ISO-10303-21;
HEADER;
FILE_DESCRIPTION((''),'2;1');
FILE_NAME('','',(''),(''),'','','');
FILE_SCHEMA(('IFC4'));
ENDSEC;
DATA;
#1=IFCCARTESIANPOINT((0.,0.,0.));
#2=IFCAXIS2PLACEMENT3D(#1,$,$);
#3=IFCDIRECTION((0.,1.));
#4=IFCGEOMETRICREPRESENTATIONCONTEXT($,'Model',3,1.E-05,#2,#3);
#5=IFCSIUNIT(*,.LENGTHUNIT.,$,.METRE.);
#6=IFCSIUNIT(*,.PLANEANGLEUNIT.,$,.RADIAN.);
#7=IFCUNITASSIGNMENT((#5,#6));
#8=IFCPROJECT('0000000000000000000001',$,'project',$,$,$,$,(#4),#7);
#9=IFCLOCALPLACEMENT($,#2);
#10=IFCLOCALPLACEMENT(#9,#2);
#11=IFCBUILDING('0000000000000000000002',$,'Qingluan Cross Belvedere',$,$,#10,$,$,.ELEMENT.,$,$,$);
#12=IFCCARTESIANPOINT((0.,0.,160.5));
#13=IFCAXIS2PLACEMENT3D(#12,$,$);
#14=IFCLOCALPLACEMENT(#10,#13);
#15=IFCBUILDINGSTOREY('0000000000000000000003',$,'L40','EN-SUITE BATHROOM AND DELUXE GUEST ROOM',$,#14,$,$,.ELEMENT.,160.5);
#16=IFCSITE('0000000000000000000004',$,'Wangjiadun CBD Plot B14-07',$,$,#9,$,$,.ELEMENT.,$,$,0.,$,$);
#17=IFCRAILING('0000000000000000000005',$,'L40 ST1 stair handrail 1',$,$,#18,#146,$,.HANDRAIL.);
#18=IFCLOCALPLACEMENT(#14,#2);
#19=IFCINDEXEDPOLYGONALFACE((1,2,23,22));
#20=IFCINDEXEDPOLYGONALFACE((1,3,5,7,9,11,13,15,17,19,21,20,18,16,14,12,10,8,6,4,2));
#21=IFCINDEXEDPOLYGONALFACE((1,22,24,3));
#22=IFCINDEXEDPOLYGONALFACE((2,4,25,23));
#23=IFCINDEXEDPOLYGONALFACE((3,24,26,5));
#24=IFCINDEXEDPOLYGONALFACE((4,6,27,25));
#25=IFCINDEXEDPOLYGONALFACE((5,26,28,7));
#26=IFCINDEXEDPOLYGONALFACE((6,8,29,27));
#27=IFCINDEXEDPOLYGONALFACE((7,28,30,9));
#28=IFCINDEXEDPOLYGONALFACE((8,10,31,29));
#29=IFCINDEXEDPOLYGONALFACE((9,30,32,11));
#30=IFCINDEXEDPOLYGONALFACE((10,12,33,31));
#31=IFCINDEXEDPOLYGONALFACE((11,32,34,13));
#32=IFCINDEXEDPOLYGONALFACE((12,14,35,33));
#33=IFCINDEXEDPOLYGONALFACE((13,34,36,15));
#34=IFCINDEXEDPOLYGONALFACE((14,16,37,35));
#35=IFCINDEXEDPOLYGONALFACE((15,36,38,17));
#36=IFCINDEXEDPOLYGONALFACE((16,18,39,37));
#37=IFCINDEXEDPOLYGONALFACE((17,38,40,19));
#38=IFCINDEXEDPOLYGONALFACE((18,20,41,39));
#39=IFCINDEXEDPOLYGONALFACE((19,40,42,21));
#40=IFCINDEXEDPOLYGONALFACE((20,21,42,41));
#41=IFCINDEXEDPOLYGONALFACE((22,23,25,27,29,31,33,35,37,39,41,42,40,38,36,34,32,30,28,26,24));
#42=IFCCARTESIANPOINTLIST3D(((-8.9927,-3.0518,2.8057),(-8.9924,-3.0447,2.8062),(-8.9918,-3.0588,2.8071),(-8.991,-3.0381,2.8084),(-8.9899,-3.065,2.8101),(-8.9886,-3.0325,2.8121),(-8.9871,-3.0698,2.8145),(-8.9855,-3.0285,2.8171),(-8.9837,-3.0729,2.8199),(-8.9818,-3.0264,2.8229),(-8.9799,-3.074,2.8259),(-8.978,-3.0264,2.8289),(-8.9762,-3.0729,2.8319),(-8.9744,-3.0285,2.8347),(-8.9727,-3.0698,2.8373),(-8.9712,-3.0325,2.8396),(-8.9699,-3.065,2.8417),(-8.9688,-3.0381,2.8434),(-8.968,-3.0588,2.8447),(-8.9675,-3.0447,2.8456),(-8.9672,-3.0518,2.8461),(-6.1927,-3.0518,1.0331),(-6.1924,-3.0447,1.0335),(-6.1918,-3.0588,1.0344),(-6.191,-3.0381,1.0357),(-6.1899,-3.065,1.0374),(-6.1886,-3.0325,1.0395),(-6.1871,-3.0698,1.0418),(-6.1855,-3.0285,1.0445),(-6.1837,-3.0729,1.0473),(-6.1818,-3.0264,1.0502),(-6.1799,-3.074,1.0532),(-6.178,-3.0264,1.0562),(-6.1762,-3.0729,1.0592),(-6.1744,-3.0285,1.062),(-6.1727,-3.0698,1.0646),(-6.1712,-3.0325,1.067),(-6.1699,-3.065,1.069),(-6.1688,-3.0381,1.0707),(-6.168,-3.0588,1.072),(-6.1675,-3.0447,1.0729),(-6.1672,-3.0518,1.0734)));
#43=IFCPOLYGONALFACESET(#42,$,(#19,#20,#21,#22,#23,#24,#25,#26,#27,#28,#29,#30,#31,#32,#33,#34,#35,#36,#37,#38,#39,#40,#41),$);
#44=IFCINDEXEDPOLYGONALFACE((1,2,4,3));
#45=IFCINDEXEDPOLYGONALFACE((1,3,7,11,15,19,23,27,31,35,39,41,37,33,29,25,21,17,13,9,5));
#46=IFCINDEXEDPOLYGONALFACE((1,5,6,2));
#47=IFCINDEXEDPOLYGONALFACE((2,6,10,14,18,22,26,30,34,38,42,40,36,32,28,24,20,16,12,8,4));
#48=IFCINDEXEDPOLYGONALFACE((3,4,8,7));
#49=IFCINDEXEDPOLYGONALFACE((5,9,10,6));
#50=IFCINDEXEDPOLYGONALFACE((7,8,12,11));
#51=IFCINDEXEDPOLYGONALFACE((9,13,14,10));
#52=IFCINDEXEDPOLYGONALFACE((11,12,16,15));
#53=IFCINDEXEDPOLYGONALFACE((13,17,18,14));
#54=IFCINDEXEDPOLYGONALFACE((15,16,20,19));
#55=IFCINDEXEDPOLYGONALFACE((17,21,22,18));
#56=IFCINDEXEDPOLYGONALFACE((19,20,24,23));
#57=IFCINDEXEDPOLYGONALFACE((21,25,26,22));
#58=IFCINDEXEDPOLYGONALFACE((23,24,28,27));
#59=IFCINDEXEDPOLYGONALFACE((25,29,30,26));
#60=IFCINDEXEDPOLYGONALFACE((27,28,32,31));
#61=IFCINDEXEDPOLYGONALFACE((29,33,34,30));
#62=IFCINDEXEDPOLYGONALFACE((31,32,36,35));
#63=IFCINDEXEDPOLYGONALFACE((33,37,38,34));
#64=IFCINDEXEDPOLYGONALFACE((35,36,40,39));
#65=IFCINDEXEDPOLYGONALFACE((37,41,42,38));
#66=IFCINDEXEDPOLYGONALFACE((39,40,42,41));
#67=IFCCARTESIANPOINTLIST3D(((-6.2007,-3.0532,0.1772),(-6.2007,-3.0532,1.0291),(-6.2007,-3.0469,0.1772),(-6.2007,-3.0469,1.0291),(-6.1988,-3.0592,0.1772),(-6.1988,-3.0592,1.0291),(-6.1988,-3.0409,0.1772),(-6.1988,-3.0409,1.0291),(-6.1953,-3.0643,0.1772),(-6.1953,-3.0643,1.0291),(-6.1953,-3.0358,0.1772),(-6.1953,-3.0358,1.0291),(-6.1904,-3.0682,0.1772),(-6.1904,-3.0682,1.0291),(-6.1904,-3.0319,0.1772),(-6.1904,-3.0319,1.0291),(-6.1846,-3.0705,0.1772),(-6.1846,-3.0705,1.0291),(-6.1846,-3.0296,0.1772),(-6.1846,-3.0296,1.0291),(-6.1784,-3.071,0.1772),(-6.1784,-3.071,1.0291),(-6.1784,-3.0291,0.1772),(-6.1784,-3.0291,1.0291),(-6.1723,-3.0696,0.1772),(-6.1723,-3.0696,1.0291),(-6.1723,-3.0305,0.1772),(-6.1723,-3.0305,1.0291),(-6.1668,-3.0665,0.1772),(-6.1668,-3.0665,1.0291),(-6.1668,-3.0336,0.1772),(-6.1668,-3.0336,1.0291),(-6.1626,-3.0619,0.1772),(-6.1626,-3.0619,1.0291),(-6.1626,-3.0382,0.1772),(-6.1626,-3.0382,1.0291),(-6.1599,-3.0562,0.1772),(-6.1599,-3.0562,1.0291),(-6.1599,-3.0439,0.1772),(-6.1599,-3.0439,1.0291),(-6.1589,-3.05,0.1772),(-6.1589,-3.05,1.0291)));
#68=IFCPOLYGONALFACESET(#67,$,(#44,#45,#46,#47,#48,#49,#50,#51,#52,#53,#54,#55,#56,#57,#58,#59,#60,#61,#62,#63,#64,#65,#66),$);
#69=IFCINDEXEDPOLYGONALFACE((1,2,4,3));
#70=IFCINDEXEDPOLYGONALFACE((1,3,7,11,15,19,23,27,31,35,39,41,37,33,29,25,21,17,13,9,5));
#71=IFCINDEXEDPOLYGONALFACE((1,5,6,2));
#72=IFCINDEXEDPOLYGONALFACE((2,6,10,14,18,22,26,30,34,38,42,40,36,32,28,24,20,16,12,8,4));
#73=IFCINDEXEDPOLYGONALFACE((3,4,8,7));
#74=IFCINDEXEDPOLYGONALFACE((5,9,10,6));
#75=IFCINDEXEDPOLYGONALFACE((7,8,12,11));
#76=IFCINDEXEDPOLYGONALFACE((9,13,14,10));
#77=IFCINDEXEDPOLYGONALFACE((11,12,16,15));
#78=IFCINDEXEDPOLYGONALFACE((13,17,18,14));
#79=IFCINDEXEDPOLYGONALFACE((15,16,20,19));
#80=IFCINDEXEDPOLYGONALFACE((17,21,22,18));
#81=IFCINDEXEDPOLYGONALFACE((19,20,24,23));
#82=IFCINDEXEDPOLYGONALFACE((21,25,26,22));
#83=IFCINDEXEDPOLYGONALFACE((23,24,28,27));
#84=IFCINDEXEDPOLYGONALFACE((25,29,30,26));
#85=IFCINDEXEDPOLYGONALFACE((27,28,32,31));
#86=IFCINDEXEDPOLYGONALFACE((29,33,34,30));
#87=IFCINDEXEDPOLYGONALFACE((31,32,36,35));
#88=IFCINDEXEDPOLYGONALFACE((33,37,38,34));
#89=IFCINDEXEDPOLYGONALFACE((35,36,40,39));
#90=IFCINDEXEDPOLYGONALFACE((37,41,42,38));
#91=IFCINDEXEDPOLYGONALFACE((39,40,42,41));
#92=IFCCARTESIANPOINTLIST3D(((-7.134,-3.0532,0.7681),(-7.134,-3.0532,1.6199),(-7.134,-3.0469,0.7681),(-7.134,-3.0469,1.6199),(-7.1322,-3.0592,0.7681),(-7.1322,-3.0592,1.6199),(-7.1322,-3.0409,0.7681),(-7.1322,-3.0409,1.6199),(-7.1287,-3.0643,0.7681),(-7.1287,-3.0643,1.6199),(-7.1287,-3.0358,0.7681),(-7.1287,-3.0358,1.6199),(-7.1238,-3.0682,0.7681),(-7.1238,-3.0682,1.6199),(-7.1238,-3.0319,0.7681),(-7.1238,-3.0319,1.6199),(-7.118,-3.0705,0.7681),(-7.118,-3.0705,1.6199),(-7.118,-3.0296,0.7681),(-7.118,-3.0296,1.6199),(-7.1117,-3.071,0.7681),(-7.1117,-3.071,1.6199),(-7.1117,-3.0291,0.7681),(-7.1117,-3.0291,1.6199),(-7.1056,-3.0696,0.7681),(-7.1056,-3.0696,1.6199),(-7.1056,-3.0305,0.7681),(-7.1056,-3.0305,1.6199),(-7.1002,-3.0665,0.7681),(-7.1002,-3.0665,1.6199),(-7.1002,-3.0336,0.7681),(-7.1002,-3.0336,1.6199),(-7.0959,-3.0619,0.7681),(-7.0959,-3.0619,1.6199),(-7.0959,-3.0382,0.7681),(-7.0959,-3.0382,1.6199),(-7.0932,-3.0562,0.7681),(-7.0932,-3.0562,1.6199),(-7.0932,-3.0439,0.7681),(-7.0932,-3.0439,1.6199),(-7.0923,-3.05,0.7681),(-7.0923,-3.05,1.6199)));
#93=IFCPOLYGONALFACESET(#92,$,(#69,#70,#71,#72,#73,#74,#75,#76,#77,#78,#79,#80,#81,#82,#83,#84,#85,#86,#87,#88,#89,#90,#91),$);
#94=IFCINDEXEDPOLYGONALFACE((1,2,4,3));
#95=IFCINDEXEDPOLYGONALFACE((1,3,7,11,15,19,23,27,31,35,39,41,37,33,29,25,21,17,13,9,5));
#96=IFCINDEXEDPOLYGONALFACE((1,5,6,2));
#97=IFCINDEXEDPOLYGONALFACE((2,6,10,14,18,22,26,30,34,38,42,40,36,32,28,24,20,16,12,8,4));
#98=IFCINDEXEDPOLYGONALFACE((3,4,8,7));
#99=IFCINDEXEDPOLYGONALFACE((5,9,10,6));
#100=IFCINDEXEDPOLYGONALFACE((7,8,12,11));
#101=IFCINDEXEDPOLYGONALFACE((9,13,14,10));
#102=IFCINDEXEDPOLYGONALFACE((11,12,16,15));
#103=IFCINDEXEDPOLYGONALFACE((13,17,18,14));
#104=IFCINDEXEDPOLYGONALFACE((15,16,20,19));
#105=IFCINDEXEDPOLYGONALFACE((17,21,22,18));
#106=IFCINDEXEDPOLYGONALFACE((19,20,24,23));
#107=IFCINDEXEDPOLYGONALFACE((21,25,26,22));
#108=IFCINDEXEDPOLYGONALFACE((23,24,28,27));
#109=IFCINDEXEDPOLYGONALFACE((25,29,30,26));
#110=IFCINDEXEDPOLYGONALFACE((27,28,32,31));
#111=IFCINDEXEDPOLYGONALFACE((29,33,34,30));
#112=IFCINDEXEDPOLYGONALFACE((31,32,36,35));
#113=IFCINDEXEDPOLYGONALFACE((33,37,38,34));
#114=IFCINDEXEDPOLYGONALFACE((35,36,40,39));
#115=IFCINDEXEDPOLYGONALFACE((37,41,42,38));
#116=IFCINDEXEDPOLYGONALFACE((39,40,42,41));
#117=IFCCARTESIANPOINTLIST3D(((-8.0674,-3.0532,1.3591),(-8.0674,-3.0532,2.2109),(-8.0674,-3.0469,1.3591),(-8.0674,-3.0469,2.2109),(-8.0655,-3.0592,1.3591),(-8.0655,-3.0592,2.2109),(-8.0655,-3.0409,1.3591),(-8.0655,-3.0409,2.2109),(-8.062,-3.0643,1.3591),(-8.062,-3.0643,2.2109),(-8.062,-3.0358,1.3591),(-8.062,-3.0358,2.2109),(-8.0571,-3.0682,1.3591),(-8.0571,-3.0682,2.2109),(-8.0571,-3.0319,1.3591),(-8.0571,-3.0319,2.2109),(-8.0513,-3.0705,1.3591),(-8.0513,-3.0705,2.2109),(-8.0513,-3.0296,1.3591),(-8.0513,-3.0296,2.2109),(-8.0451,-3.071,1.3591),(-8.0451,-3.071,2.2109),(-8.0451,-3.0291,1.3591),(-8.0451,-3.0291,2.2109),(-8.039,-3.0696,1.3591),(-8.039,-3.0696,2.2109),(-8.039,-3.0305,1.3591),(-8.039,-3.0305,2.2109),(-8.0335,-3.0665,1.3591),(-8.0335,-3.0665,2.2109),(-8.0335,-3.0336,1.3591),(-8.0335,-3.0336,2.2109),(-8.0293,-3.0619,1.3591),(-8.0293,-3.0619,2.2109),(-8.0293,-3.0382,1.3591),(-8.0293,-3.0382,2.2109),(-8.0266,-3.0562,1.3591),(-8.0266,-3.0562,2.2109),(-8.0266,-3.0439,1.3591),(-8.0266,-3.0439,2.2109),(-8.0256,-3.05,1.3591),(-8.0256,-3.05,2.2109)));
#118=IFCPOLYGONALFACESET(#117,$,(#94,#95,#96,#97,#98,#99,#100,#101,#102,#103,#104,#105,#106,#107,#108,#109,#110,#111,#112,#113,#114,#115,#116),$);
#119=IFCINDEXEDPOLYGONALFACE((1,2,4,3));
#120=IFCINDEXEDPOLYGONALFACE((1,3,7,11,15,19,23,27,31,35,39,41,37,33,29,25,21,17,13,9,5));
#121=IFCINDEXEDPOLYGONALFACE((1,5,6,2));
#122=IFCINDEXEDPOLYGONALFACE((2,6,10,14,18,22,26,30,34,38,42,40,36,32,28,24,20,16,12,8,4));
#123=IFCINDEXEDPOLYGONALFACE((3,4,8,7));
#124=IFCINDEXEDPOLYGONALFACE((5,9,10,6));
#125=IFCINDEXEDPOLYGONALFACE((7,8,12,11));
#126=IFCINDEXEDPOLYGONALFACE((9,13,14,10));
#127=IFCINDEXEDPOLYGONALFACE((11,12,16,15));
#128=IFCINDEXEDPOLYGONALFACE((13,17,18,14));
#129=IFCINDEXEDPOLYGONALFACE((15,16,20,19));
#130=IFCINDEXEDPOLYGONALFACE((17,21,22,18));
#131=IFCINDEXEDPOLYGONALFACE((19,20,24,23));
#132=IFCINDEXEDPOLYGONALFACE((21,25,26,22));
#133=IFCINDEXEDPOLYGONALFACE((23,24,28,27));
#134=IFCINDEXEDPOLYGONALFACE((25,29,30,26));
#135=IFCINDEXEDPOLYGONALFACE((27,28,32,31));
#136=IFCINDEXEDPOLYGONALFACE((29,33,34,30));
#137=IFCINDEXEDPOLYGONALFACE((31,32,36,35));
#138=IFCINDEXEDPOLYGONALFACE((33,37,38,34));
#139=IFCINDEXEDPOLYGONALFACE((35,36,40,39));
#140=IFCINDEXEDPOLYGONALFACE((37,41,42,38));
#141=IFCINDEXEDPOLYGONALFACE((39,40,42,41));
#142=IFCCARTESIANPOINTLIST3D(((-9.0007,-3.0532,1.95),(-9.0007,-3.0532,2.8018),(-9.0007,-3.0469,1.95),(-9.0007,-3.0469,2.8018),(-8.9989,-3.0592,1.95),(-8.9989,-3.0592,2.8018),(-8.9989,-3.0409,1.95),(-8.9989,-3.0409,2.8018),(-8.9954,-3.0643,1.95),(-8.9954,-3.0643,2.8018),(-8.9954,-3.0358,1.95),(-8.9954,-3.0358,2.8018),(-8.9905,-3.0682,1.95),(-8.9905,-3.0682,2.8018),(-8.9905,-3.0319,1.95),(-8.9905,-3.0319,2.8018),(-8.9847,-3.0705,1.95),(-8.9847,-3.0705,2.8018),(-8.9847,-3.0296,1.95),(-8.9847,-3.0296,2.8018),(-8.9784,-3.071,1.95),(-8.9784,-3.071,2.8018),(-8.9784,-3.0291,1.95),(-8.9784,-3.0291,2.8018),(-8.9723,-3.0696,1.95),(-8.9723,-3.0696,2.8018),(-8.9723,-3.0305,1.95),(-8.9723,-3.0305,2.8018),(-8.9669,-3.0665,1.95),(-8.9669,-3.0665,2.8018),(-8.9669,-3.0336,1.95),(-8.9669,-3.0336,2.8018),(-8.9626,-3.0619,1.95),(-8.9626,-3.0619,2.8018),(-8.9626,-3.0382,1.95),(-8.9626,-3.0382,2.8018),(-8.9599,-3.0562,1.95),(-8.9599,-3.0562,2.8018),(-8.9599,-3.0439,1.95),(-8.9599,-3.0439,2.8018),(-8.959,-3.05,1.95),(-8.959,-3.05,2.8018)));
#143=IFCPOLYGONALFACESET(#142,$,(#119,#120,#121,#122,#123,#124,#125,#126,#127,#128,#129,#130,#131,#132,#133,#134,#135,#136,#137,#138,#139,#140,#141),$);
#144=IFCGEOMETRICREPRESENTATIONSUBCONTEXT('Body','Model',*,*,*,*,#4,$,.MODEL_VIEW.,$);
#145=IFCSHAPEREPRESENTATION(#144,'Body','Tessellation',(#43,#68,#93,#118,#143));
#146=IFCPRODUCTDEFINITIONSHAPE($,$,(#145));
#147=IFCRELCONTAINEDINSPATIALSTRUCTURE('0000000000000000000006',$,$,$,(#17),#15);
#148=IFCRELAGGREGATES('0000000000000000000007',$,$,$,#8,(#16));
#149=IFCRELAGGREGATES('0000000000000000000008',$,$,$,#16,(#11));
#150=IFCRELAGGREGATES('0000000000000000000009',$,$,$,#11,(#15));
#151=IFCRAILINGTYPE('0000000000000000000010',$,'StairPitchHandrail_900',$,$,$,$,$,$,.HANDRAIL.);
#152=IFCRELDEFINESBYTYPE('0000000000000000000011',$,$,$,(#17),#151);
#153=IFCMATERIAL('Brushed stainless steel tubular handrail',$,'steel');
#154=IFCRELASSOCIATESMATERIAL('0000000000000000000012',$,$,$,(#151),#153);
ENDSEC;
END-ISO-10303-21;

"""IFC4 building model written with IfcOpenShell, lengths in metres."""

from ifc_helpers import new_model, si_unit, direction, frame, origin, origin_2d, place, context, subcontext, project, spatial, circle, extrude, material, type_object, element, save


model = new_model("IFC4")

# Units and contexts
model_context = context("Model", 3, precision=1e-05, world=origin(), true_north=direction((0.0, 1.0)))
body_context = subcontext(model_context, "Body", "Model", "MODEL_VIEW")
ifc_project = project(units=[si_unit("LENGTHUNIT", "METRE"), si_unit("PLANEANGLEUNIT", "RADIAN")], contexts=[model_context])

# Site, building, storey
site_placement = place(None, origin())
site = spatial("IfcSite", under=ifc_project, at=site_placement, Name="Wangjiadun CBD Plot B14-07", CompositionType="ELEMENT", RefElevation=0.0)
building_placement = place(site_placement, origin())
building = spatial("IfcBuilding", under=site, at=building_placement, Name="Qingluan Cross Belvedere", CompositionType="ELEMENT")
storey_placement = place(building_placement, frame((0.0, 0.0, 160.5)))
storey = spatial("IfcBuildingStorey", under=building, at=storey_placement, Name="L40", Description="EN-SUITE BATHROOM AND DELUXE GUEST ROOM", CompositionType="ELEMENT", Elevation=160.5)

# Railing
ifc_material_1 = material(Name="Brushed stainless steel tubular handrail", Category="steel")
railing_type_1 = type_object("IfcRailingType", Name="StairPitchHandrail_900", PredefinedType="HANDRAIL", material=ifc_material_1)
railing_1_placement = place(storey_placement, frame((-6.1799, -3.05, 0.1772)))
element("IfcRailing", 1, at=railing_1_placement, inside=storey, type_object=railing_type_1, Name="L40 ST1 stair handrail 1", PredefinedType="HANDRAIL", context=body_context, shape_type="SweptSolid", body=[
    extrude(circle(Radius=0.0239, at=origin_2d()), frame((0.0, 0.0, 0.876), z_axis=(-0.844909, 0.0, 0.53491), x_axis=(0.0, -1.0, 0.0)), (0.0, 0.0, 1.0), 3.314),
    extrude(circle(Radius=0.021, at=origin_2d()), origin(), (0.0, 0.0, 1.0), 0.8518),
    extrude(circle(Radius=0.021, at=origin_2d()), frame((-0.9333, 0.0, 0.5908)), (0.0, 0.0, 1.0), 0.8518),
    extrude(circle(Radius=0.021, at=origin_2d()), frame((-1.8667, 0.0, 1.1819)), (0.0, 0.0, 1.0), 0.8518),
    extrude(circle(Radius=0.021, at=origin_2d()), frame((-2.8, 0.0, 1.7727)), (0.0, 0.0, 1.0), 0.8518),
])

save(model, "model.ifc")
